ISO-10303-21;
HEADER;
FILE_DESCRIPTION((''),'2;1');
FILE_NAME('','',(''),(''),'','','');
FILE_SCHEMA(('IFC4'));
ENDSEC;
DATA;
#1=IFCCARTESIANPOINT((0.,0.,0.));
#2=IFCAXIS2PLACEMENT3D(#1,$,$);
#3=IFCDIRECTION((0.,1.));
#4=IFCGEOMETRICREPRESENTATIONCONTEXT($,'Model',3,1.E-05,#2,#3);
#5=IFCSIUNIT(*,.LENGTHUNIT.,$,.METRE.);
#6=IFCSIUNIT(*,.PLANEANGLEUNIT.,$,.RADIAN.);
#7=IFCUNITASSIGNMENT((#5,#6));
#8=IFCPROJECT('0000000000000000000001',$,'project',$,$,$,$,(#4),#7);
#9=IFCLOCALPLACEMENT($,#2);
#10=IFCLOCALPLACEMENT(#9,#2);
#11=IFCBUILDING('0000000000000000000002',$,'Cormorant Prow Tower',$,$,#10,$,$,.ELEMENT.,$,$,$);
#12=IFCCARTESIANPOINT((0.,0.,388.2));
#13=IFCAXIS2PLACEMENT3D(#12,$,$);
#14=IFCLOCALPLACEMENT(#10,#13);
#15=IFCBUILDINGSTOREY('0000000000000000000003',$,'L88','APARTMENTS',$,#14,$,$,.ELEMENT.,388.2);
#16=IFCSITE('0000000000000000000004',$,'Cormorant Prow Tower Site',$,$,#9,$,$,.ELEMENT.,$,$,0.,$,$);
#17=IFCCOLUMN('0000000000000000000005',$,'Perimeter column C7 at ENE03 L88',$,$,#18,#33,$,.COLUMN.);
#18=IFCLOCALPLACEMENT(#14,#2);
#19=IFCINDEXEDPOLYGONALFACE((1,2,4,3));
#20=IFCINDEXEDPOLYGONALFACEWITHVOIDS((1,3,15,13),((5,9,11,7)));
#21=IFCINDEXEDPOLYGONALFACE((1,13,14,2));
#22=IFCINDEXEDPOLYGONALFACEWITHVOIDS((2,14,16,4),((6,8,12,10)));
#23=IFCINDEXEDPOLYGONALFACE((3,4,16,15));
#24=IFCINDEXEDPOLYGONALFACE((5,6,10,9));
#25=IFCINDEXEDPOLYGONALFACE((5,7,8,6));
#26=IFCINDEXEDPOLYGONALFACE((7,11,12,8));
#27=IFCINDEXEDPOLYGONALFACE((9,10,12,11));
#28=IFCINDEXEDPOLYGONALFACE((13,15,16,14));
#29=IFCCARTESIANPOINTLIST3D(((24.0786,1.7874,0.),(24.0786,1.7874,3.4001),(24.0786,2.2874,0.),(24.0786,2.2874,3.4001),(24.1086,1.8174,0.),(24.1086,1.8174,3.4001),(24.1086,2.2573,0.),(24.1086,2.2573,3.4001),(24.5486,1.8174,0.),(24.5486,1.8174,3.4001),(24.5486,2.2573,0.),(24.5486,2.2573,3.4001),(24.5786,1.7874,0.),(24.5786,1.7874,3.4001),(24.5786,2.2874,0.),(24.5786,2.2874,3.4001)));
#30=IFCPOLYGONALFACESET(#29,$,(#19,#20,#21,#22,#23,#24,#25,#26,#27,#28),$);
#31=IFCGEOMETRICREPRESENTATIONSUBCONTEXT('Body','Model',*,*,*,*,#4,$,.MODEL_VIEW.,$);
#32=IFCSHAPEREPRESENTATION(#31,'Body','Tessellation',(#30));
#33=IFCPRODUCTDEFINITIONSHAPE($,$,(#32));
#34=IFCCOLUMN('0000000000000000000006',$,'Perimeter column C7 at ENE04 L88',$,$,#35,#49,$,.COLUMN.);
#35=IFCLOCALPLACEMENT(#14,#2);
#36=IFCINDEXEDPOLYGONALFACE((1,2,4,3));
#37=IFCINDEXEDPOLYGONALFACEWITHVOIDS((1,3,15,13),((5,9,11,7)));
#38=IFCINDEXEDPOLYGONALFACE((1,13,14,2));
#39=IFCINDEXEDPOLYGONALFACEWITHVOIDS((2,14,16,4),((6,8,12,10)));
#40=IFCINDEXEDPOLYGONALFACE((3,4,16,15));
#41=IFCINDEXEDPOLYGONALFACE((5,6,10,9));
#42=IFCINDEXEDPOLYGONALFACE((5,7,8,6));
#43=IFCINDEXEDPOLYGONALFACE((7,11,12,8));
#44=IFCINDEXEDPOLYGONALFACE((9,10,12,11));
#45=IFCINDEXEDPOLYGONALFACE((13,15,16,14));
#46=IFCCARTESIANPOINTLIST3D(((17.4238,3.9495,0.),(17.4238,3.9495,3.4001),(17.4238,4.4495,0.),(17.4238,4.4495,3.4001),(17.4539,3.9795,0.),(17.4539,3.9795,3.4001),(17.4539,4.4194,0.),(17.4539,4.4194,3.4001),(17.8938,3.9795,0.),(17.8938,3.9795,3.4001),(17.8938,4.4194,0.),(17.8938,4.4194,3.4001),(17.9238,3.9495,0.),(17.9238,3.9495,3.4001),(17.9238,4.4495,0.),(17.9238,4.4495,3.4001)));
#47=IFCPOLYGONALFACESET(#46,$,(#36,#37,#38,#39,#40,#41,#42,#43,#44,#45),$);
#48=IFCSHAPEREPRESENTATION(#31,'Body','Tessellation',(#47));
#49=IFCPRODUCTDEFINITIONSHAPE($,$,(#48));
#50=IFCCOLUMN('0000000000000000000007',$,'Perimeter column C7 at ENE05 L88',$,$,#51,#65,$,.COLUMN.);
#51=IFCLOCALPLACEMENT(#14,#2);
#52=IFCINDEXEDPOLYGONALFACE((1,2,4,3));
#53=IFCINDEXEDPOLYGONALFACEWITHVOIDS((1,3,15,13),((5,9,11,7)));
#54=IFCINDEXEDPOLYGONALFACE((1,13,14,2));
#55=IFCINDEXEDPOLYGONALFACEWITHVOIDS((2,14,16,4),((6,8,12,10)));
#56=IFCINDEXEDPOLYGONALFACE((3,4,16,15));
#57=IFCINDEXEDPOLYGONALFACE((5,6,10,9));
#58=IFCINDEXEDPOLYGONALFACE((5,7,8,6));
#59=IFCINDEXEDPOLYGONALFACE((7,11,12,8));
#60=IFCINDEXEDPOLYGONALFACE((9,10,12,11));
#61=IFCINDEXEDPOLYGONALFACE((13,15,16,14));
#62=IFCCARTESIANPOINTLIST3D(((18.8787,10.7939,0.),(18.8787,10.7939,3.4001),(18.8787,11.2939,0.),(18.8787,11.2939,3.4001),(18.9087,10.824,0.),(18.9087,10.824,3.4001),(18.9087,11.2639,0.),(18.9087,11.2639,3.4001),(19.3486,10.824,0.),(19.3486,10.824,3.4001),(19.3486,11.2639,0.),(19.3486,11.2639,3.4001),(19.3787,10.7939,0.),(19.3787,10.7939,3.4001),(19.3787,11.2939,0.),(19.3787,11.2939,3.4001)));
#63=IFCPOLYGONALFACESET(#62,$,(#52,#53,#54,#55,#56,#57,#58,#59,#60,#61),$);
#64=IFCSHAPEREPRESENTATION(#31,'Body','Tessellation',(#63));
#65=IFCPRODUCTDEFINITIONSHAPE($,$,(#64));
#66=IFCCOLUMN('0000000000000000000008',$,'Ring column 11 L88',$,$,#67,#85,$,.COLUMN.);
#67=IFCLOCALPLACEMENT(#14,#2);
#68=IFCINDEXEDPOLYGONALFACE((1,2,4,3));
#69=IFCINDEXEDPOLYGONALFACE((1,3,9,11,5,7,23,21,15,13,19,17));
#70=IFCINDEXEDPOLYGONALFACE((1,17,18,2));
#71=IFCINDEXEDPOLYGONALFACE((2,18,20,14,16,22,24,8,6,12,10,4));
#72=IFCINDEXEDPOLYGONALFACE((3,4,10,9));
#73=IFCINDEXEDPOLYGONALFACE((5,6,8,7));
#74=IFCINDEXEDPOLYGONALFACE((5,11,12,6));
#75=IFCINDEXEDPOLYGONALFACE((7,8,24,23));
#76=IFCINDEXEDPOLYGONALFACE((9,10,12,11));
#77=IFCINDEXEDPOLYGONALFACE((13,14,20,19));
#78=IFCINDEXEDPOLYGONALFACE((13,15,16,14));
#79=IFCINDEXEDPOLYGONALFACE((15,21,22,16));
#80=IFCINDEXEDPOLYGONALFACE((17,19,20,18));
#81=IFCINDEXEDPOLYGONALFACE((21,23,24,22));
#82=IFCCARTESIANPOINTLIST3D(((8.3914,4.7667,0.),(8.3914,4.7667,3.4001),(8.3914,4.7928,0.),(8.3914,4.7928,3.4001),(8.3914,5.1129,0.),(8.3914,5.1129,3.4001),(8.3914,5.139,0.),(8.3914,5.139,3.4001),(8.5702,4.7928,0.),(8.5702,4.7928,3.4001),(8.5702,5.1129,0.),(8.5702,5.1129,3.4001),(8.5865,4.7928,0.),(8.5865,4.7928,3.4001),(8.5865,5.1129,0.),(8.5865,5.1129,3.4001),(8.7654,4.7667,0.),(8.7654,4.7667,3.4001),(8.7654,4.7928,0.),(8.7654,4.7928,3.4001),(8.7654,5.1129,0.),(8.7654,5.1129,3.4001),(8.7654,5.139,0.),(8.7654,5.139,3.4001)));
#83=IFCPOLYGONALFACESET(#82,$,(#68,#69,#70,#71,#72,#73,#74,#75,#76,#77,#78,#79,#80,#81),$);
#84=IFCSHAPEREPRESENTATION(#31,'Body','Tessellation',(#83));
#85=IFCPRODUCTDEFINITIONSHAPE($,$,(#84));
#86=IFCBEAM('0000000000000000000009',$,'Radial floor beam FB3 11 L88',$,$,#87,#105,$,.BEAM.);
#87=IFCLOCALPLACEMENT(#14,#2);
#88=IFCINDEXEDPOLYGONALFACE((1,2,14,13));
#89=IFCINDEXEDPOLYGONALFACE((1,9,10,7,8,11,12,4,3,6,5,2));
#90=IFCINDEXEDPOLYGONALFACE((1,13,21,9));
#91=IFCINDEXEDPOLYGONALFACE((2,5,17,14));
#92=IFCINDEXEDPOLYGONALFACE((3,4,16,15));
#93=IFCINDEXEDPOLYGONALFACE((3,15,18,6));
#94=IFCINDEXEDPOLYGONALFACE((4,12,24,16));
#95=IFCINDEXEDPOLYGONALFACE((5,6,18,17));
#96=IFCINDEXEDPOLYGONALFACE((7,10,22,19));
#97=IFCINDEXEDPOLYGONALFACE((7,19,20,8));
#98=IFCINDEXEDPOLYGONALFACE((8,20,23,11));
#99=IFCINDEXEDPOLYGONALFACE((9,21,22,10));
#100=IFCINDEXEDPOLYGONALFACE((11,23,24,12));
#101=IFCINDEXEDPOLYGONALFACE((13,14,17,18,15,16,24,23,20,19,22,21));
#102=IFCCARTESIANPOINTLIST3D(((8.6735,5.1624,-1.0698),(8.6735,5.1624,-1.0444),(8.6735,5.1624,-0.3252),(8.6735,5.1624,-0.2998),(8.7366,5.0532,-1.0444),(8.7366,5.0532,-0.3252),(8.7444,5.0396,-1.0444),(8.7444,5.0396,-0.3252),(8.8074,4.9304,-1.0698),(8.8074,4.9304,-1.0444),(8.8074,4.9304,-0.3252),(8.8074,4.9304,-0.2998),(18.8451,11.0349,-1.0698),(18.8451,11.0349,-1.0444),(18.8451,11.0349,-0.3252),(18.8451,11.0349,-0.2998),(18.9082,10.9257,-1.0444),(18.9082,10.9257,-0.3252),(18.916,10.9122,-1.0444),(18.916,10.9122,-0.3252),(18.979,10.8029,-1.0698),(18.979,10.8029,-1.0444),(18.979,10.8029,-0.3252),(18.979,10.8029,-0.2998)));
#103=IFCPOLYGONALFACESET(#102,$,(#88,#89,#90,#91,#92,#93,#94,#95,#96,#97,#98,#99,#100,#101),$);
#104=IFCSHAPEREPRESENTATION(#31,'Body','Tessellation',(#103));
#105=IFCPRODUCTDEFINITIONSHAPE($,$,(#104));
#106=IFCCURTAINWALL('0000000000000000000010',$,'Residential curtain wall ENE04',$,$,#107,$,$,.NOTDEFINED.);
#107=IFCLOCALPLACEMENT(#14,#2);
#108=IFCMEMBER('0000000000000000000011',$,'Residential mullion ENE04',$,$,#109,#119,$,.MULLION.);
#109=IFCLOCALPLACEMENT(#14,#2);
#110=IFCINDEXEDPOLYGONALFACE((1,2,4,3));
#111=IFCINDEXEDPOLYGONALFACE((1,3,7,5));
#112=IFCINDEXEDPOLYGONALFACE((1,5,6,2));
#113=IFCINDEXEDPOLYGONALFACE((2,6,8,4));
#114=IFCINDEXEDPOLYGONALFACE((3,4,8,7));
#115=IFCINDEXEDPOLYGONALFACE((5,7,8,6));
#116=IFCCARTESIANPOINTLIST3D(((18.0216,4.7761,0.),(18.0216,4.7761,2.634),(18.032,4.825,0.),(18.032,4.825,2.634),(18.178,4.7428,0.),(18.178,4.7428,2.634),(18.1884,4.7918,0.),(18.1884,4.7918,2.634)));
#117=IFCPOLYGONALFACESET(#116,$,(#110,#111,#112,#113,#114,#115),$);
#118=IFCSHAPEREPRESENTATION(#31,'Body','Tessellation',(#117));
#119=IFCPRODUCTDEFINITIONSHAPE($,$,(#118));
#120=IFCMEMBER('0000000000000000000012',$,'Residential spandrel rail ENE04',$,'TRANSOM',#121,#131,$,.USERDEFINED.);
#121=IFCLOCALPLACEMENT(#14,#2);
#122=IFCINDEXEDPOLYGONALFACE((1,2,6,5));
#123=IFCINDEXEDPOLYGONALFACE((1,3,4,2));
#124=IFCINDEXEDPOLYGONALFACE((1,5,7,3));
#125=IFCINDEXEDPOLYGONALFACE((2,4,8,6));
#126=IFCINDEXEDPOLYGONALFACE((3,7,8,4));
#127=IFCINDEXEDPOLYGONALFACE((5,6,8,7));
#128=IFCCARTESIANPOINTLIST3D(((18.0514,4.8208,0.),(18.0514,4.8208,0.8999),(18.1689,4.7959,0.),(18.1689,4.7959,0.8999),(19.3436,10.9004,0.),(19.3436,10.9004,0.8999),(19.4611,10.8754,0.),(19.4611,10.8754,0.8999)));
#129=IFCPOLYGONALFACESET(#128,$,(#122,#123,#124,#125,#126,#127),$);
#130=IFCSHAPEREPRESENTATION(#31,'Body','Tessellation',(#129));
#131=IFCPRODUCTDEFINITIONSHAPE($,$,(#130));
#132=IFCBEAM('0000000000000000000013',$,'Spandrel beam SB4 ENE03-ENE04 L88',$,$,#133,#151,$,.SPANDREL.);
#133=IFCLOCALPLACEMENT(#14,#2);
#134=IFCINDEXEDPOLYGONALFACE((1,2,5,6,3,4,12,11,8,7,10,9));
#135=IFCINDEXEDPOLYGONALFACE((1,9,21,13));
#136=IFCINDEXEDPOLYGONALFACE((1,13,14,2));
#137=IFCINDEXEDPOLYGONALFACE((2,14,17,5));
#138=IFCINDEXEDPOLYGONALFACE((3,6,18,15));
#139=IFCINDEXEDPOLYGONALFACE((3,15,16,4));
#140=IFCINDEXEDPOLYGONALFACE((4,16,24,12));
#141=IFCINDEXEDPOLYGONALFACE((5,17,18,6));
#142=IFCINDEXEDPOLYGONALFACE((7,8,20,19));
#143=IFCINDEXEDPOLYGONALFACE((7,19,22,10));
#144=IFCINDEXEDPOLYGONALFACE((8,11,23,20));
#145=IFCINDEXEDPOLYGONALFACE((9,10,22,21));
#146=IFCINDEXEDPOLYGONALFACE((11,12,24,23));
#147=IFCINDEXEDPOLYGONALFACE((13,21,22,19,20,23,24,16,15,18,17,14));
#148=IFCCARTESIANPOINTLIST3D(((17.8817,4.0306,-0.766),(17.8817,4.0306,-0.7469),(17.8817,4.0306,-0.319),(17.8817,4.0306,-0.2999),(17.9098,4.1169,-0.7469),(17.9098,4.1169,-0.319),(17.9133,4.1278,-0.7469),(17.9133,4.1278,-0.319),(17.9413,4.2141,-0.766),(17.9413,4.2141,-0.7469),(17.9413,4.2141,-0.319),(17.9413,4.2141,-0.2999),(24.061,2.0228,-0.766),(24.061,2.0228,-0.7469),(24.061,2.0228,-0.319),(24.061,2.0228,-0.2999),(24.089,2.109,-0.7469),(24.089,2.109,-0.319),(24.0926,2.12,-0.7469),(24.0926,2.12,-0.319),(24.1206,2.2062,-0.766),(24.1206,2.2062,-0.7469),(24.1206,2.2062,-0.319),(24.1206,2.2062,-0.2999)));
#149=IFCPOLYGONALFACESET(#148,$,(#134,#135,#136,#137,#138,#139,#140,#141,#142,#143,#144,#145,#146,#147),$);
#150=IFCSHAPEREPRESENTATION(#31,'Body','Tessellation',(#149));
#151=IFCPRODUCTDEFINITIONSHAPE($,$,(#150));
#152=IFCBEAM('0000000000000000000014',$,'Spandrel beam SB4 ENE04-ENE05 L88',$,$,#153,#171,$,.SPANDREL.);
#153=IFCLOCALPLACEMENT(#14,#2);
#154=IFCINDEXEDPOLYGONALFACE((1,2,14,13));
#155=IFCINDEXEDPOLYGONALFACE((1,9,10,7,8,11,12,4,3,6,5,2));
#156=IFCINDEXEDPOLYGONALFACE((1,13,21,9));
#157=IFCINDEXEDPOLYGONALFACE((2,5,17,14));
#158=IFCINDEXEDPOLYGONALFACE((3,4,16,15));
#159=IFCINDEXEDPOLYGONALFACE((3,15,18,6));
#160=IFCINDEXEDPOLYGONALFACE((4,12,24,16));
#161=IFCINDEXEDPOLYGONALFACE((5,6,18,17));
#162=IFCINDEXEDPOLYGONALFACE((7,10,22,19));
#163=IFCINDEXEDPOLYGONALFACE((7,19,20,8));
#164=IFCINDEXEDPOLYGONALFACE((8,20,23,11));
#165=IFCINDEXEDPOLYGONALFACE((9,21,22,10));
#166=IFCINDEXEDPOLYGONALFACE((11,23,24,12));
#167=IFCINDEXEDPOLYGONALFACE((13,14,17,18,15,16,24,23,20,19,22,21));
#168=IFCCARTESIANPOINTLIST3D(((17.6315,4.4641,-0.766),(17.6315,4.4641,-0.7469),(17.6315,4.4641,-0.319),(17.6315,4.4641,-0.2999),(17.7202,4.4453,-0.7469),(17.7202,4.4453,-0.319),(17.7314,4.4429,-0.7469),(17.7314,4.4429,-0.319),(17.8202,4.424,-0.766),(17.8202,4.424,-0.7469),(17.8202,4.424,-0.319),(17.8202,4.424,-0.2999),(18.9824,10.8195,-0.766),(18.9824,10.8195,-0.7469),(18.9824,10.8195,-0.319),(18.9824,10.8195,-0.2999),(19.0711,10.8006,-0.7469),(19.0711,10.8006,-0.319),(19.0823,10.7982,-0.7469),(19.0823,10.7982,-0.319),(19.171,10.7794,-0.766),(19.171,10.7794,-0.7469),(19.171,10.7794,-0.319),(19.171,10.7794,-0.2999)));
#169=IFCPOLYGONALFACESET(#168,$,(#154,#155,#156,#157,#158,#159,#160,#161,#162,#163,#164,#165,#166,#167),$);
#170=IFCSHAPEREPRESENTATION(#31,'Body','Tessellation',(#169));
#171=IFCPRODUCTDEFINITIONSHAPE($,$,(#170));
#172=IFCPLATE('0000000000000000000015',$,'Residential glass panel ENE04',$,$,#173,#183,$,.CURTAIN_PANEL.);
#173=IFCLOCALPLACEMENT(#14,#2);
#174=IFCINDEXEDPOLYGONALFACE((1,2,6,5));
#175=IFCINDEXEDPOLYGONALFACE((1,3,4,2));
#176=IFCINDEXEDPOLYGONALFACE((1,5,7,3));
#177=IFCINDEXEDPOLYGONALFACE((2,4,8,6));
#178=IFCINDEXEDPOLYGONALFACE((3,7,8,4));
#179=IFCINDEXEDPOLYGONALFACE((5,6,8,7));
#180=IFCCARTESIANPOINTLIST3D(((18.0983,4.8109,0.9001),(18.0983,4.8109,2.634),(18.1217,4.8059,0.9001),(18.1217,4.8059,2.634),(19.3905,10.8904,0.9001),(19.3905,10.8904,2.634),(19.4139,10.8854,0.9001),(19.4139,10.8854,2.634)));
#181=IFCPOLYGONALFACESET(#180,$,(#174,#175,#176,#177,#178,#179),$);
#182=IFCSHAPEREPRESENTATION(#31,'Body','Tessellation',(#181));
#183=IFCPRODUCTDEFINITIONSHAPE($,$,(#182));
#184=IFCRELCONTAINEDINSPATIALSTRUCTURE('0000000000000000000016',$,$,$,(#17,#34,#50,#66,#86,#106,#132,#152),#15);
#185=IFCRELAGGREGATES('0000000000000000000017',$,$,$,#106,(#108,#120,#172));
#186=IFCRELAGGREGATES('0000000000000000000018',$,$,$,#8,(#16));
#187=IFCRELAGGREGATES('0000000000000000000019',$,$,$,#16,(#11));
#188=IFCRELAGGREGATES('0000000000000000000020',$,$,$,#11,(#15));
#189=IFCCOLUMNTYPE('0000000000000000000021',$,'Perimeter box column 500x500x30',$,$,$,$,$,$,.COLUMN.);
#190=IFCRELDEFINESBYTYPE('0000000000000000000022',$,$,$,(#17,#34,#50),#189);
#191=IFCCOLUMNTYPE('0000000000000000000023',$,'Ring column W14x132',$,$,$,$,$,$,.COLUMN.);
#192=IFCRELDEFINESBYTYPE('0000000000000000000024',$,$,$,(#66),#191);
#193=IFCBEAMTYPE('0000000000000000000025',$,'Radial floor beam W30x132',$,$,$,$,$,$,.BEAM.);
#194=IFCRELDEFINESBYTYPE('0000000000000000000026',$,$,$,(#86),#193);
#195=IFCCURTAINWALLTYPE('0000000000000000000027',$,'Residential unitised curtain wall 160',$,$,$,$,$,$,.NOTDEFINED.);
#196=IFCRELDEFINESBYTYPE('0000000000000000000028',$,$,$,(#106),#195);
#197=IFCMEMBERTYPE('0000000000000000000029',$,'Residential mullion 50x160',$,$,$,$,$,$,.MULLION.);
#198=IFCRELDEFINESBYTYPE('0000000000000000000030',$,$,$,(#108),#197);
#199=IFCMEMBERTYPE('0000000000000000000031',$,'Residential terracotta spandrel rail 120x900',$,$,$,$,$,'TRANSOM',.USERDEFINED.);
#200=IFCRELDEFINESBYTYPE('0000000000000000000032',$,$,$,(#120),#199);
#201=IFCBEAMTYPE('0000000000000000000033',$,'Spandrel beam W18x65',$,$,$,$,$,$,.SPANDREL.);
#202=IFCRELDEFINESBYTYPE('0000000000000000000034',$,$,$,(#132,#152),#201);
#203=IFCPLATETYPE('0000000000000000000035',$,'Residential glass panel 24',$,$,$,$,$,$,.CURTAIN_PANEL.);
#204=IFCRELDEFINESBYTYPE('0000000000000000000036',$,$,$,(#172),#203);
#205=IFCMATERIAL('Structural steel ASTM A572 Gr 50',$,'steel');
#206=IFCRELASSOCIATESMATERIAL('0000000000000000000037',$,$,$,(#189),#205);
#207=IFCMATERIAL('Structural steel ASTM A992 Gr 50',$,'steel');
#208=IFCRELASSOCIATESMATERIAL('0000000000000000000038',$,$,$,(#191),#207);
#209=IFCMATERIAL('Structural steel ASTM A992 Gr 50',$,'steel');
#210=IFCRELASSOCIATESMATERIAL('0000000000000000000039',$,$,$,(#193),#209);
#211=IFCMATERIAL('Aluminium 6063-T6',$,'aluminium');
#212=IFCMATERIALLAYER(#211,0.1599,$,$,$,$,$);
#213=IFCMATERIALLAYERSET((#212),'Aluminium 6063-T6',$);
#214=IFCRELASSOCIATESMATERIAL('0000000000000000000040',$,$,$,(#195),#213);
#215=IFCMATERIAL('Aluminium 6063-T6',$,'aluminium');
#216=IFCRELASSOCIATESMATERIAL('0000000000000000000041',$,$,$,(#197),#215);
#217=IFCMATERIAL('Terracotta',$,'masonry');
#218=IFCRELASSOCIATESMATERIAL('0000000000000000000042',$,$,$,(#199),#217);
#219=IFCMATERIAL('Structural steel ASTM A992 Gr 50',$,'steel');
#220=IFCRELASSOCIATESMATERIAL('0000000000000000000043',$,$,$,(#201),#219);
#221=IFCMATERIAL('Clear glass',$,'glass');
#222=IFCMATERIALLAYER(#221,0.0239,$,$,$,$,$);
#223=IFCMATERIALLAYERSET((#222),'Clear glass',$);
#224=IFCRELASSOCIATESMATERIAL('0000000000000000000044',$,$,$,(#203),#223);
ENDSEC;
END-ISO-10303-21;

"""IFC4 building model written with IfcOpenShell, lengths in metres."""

from ifc_helpers import new_model, si_unit, direction, frame, origin, origin_2d, place, context, subcontext, project, spatial, rectangle, hollow_rectangle, i_section, extrude, material, layer, layer_set, material_profile, profile_set, type_object, element, aggregate, save


model = new_model("IFC4")

# Units and contexts
model_context = context("Model", 3, precision=1e-05, world=origin(), true_north=direction((0.0, 1.0)))
body_context = subcontext(model_context, "Body", "Model", "MODEL_VIEW")
ifc_project = project(units=[si_unit("LENGTHUNIT", "METRE"), si_unit("PLANEANGLEUNIT", "RADIAN")], contexts=[model_context])

# Site, building, storey
site_placement = place(None, origin())
site = spatial("IfcSite", under=ifc_project, at=site_placement, Name="Cormorant Prow Tower Site", CompositionType="ELEMENT", RefElevation=0.0)
building_placement = place(site_placement, origin())
building = spatial("IfcBuilding", under=site, at=building_placement, Name="Cormorant Prow Tower", CompositionType="ELEMENT")
storey_placement = place(building_placement, frame((0.0, 0.0, 388.2)))
storey = spatial("IfcBuildingStorey", under=building, at=storey_placement, Name="L88", Description="APARTMENTS", CompositionType="ELEMENT", Elevation=388.2)

# Columns
ifc_material_1 = material(Name="Structural steel ASTM A572 Gr 50", Category="steel")
ifc_material_profile_1 = material_profile(ifc_material_1, hollow_rectangle(XDim=0.5, YDim=0.5, WallThickness=0.03, at=origin_2d()), Name="Box 500x500x30")
ifc_profile_set_1 = profile_set([ifc_material_profile_1], Name="Structural steel ASTM A572 Gr 50")
column_type_1 = type_object("IfcColumnType", Name="Perimeter box column 500x500x30", PredefinedType="COLUMN", material=ifc_profile_set_1)
for number, where, z_axis, x_axis, name in (
    (1, (24.3286, 2.0374, 0.0), (0.0, 0.0, 1.0), (1.0, 0.0, 0.0), "Perimeter column C7 at ENE03 L88"),
    (2, (17.6738, 4.1995, 0.0), (0.0, 0.0, 1.0), (1.0, 0.0, 0.0), "Perimeter column C7 at ENE04 L88"),
    (3, (19.1287, 11.0439, 0.0), (0.0, 0.0, 1.0), (1.0, 0.0, 0.0), "Perimeter column C7 at ENE05 L88"),
):
    element("IfcColumn", number, at=place(storey_placement, frame(where, z_axis=z_axis, x_axis=x_axis)), inside=storey, type_object=column_type_1, Name=name, PredefinedType="COLUMN", context=body_context, shape_type="SweptSolid", body=[
        extrude(hollow_rectangle(XDim=0.5, YDim=0.5, WallThickness=0.03, at=origin_2d()), origin(), (0.0, 0.0, 1.0), 3.4001),
    ])
ifc_material_2 = material(Name="Structural steel ASTM A992 Gr 50", Category="steel")
ifc_material_profile_2 = material_profile(ifc_material_2, i_section(OverallWidth=0.374, OverallDepth=0.3723, WebThickness=0.0164, FlangeThickness=0.0261, at=origin_2d()), Name="W14x132")
ifc_profile_set_2 = profile_set([ifc_material_profile_2], Name="Structural steel ASTM A992 Gr 50")
column_type_2 = type_object("IfcColumnType", Name="Ring column W14x132", PredefinedType="COLUMN", material=ifc_profile_set_2)
column_placement = place(storey_placement, frame((8.5784, 4.9529, 0.0), z_axis=(0.0, 0.0, 1.0), x_axis=(1.0, 0.0, 0.0)))
element("IfcColumn", 4, at=column_placement, inside=storey, type_object=column_type_2, Name="Ring column 11 L88", PredefinedType="COLUMN", context=body_context, shape_type="SweptSolid", body=[
    extrude(i_section(OverallWidth=0.374, OverallDepth=0.3723, WebThickness=0.0164, FlangeThickness=0.0261, at=origin_2d()), origin(), (0.0, 0.0, 1.0), 3.4001),
])

# Beam
ifc_material_3 = material(Name="Structural steel ASTM A992 Gr 50", Category="steel")
ifc_material_profile_3 = material_profile(ifc_material_3, i_section(OverallWidth=0.2678, OverallDepth=0.77, WebThickness=0.0156, FlangeThickness=0.0254, at=origin_2d()), Name="W30x132")
ifc_profile_set_3 = profile_set([ifc_material_profile_3], Name="Structural steel ASTM A992 Gr 50")
beam_type_1 = type_object("IfcBeamType", Name="Radial floor beam W30x132", PredefinedType="BEAM", material=ifc_profile_set_3)
beam_placement = place(storey_placement, frame((8.7405, 5.0464, -0.6848), z_axis=(0.866027, 0.499998, 0.0), x_axis=(-0.499998, 0.866027, 0.0)))
element("IfcBeam", 5, at=beam_placement, inside=storey, type_object=beam_type_1, Name="Radial floor beam FB3 11 L88", PredefinedType="BEAM", context=body_context, shape_type="SweptSolid", body=[
    extrude(i_section(OverallWidth=0.2678, OverallDepth=0.77, WebThickness=0.0156, FlangeThickness=0.0254, at=origin_2d()), origin(), (0.0, 0.0, 1.0), 11.7451),
])

# Curtain wall, members
ifc_material_4 = material(Name="Aluminium 6063-T6", Category="aluminium")
ifc_layer_1 = layer(ifc_material_4, 0.1599)
ifc_layer_set_1 = layer_set([ifc_layer_1], Name="Aluminium 6063-T6")
curtain_wall_type = type_object("IfcCurtainWallType", Name="Residential unitised curtain wall 160", PredefinedType="NOTDEFINED", material=ifc_layer_set_1)
curtain_wall_placement = place(storey_placement, origin())
curtain_wall = element("IfcCurtainWall", 6, at=curtain_wall_placement, inside=storey, type_object=curtain_wall_type, Name="Residential curtain wall ENE04", PredefinedType="NOTDEFINED")
ifc_material_5 = material(Name="Aluminium 6063-T6", Category="aluminium")
ifc_material_profile_4 = material_profile(ifc_material_5, rectangle(XDim=0.1599, YDim=0.05, at=origin_2d()), Name="Residential mullion 50x160")
ifc_profile_set_4 = profile_set([ifc_material_profile_4], Name="Aluminium 6063-T6")
member_type_1 = type_object("IfcMemberType", Name="Residential mullion 50x160", PredefinedType="MULLION", material=ifc_profile_set_4)
member_1_placement = place(storey_placement, frame((18.105, 4.7839, 0.0), z_axis=(0.0, 0.0, 1.0), x_axis=(-0.978148, 0.207912, 0.0)))
member_1 = element("IfcMember", 7, at=member_1_placement, type_object=member_type_1, Name="Residential mullion ENE04", PredefinedType="MULLION", context=body_context, shape_type="SweptSolid", body=[
    extrude(rectangle(XDim=0.1599, YDim=0.05, at=origin_2d()), origin(), (0.0, 0.0, 1.0), 2.634),
])
ifc_material_6 = material(Name="Terracotta", Category="masonry")
ifc_material_profile_5 = material_profile(ifc_material_6, rectangle(XDim=0.1201, YDim=0.8999, at=origin_2d()), Name="Residential terracotta spandrel rail 120x900")
ifc_profile_set_5 = profile_set([ifc_material_profile_5], Name="Terracotta")
member_type_2 = type_object("IfcMemberType", Name="Residential terracotta spandrel rail 120x900", ElementType="TRANSOM", PredefinedType="USERDEFINED", material=ifc_profile_set_5)
member_2_placement = place(storey_placement, frame((18.1101, 4.8083, 0.45), z_axis=(0.207909, 0.978148, 0.0), x_axis=(-0.978148, 0.207909, 0.0)))
member_2 = element("IfcMember", 8, at=member_2_placement, type_object=member_type_2, Name="Residential spandrel rail ENE04", ObjectType="TRANSOM", PredefinedType="USERDEFINED", context=body_context, shape_type="SweptSolid", body=[
    extrude(rectangle(XDim=0.1201, YDim=0.8999, at=origin_2d()), origin(), (0.0, 0.0, 1.0), 6.2153),
])

# Beams
ifc_material_7 = material(Name="Structural steel ASTM A992 Gr 50", Category="steel")
ifc_material_profile_6 = material_profile(ifc_material_7, i_section(OverallWidth=0.1929, OverallDepth=0.4661, WebThickness=0.0115, FlangeThickness=0.019, at=origin_2d()), Name="W18x65")
ifc_profile_set_6 = profile_set([ifc_material_profile_6], Name="Structural steel ASTM A992 Gr 50")
beam_type_2 = type_object("IfcBeamType", Name="Spandrel beam W18x65", PredefinedType="SPANDREL", material=ifc_profile_set_6)
for number, where, z_axis, x_axis, name in (
    (9, (24.0908, 2.1145, -0.533), (-0.951053, 0.309027, 0.0), (-0.309027, -0.951053, 0.0), "Spandrel beam SB4 ENE03-ENE04 L88"),
    (10, (17.7258, 4.4441, -0.533), (0.20791, 0.978148, 0.0), (-0.978148, 0.20791, 0.0), "Spandrel beam SB4 ENE04-ENE05 L88"),
):
    element("IfcBeam", number, at=place(storey_placement, frame(where, z_axis=z_axis, x_axis=x_axis)), inside=storey, type_object=beam_type_2, Name=name, PredefinedType="SPANDREL", context=body_context, shape_type="SweptSolid", body=[
        extrude(i_section(OverallWidth=0.1929, OverallDepth=0.4661, WebThickness=0.0115, FlangeThickness=0.019, at=origin_2d()), origin(), (0.0, 0.0, 1.0), 6.4973),
    ])

# Plate
ifc_material_8 = material(Name="Clear glass", Category="glass")
ifc_layer_2 = layer(ifc_material_8, 0.0239)
ifc_layer_set_2 = layer_set([ifc_layer_2], Name="Clear glass")
plate_type = type_object("IfcPlateType", Name="Residential glass panel 24", PredefinedType="CURTAIN_PANEL", material=ifc_layer_set_2)
plate_placement = place(storey_placement, frame((18.7561, 7.8481, 0.9001), z_axis=(0.0, 0.0, 1.0), x_axis=(0.207912, 0.978148, 0.0)))
plate = element("IfcPlate", 11, at=plate_placement, type_object=plate_type, Name="Residential glass panel ENE04", PredefinedType="CURTAIN_PANEL", context=body_context, shape_type="SweptSolid", body=[
    extrude(rectangle(XDim=6.2153, YDim=0.0239, at=origin_2d()), origin(), (0.0, 0.0, 1.0), 1.7339),
])
aggregate(curtain_wall, [member_1, member_2, plate])

save(model, "model.ifc")
